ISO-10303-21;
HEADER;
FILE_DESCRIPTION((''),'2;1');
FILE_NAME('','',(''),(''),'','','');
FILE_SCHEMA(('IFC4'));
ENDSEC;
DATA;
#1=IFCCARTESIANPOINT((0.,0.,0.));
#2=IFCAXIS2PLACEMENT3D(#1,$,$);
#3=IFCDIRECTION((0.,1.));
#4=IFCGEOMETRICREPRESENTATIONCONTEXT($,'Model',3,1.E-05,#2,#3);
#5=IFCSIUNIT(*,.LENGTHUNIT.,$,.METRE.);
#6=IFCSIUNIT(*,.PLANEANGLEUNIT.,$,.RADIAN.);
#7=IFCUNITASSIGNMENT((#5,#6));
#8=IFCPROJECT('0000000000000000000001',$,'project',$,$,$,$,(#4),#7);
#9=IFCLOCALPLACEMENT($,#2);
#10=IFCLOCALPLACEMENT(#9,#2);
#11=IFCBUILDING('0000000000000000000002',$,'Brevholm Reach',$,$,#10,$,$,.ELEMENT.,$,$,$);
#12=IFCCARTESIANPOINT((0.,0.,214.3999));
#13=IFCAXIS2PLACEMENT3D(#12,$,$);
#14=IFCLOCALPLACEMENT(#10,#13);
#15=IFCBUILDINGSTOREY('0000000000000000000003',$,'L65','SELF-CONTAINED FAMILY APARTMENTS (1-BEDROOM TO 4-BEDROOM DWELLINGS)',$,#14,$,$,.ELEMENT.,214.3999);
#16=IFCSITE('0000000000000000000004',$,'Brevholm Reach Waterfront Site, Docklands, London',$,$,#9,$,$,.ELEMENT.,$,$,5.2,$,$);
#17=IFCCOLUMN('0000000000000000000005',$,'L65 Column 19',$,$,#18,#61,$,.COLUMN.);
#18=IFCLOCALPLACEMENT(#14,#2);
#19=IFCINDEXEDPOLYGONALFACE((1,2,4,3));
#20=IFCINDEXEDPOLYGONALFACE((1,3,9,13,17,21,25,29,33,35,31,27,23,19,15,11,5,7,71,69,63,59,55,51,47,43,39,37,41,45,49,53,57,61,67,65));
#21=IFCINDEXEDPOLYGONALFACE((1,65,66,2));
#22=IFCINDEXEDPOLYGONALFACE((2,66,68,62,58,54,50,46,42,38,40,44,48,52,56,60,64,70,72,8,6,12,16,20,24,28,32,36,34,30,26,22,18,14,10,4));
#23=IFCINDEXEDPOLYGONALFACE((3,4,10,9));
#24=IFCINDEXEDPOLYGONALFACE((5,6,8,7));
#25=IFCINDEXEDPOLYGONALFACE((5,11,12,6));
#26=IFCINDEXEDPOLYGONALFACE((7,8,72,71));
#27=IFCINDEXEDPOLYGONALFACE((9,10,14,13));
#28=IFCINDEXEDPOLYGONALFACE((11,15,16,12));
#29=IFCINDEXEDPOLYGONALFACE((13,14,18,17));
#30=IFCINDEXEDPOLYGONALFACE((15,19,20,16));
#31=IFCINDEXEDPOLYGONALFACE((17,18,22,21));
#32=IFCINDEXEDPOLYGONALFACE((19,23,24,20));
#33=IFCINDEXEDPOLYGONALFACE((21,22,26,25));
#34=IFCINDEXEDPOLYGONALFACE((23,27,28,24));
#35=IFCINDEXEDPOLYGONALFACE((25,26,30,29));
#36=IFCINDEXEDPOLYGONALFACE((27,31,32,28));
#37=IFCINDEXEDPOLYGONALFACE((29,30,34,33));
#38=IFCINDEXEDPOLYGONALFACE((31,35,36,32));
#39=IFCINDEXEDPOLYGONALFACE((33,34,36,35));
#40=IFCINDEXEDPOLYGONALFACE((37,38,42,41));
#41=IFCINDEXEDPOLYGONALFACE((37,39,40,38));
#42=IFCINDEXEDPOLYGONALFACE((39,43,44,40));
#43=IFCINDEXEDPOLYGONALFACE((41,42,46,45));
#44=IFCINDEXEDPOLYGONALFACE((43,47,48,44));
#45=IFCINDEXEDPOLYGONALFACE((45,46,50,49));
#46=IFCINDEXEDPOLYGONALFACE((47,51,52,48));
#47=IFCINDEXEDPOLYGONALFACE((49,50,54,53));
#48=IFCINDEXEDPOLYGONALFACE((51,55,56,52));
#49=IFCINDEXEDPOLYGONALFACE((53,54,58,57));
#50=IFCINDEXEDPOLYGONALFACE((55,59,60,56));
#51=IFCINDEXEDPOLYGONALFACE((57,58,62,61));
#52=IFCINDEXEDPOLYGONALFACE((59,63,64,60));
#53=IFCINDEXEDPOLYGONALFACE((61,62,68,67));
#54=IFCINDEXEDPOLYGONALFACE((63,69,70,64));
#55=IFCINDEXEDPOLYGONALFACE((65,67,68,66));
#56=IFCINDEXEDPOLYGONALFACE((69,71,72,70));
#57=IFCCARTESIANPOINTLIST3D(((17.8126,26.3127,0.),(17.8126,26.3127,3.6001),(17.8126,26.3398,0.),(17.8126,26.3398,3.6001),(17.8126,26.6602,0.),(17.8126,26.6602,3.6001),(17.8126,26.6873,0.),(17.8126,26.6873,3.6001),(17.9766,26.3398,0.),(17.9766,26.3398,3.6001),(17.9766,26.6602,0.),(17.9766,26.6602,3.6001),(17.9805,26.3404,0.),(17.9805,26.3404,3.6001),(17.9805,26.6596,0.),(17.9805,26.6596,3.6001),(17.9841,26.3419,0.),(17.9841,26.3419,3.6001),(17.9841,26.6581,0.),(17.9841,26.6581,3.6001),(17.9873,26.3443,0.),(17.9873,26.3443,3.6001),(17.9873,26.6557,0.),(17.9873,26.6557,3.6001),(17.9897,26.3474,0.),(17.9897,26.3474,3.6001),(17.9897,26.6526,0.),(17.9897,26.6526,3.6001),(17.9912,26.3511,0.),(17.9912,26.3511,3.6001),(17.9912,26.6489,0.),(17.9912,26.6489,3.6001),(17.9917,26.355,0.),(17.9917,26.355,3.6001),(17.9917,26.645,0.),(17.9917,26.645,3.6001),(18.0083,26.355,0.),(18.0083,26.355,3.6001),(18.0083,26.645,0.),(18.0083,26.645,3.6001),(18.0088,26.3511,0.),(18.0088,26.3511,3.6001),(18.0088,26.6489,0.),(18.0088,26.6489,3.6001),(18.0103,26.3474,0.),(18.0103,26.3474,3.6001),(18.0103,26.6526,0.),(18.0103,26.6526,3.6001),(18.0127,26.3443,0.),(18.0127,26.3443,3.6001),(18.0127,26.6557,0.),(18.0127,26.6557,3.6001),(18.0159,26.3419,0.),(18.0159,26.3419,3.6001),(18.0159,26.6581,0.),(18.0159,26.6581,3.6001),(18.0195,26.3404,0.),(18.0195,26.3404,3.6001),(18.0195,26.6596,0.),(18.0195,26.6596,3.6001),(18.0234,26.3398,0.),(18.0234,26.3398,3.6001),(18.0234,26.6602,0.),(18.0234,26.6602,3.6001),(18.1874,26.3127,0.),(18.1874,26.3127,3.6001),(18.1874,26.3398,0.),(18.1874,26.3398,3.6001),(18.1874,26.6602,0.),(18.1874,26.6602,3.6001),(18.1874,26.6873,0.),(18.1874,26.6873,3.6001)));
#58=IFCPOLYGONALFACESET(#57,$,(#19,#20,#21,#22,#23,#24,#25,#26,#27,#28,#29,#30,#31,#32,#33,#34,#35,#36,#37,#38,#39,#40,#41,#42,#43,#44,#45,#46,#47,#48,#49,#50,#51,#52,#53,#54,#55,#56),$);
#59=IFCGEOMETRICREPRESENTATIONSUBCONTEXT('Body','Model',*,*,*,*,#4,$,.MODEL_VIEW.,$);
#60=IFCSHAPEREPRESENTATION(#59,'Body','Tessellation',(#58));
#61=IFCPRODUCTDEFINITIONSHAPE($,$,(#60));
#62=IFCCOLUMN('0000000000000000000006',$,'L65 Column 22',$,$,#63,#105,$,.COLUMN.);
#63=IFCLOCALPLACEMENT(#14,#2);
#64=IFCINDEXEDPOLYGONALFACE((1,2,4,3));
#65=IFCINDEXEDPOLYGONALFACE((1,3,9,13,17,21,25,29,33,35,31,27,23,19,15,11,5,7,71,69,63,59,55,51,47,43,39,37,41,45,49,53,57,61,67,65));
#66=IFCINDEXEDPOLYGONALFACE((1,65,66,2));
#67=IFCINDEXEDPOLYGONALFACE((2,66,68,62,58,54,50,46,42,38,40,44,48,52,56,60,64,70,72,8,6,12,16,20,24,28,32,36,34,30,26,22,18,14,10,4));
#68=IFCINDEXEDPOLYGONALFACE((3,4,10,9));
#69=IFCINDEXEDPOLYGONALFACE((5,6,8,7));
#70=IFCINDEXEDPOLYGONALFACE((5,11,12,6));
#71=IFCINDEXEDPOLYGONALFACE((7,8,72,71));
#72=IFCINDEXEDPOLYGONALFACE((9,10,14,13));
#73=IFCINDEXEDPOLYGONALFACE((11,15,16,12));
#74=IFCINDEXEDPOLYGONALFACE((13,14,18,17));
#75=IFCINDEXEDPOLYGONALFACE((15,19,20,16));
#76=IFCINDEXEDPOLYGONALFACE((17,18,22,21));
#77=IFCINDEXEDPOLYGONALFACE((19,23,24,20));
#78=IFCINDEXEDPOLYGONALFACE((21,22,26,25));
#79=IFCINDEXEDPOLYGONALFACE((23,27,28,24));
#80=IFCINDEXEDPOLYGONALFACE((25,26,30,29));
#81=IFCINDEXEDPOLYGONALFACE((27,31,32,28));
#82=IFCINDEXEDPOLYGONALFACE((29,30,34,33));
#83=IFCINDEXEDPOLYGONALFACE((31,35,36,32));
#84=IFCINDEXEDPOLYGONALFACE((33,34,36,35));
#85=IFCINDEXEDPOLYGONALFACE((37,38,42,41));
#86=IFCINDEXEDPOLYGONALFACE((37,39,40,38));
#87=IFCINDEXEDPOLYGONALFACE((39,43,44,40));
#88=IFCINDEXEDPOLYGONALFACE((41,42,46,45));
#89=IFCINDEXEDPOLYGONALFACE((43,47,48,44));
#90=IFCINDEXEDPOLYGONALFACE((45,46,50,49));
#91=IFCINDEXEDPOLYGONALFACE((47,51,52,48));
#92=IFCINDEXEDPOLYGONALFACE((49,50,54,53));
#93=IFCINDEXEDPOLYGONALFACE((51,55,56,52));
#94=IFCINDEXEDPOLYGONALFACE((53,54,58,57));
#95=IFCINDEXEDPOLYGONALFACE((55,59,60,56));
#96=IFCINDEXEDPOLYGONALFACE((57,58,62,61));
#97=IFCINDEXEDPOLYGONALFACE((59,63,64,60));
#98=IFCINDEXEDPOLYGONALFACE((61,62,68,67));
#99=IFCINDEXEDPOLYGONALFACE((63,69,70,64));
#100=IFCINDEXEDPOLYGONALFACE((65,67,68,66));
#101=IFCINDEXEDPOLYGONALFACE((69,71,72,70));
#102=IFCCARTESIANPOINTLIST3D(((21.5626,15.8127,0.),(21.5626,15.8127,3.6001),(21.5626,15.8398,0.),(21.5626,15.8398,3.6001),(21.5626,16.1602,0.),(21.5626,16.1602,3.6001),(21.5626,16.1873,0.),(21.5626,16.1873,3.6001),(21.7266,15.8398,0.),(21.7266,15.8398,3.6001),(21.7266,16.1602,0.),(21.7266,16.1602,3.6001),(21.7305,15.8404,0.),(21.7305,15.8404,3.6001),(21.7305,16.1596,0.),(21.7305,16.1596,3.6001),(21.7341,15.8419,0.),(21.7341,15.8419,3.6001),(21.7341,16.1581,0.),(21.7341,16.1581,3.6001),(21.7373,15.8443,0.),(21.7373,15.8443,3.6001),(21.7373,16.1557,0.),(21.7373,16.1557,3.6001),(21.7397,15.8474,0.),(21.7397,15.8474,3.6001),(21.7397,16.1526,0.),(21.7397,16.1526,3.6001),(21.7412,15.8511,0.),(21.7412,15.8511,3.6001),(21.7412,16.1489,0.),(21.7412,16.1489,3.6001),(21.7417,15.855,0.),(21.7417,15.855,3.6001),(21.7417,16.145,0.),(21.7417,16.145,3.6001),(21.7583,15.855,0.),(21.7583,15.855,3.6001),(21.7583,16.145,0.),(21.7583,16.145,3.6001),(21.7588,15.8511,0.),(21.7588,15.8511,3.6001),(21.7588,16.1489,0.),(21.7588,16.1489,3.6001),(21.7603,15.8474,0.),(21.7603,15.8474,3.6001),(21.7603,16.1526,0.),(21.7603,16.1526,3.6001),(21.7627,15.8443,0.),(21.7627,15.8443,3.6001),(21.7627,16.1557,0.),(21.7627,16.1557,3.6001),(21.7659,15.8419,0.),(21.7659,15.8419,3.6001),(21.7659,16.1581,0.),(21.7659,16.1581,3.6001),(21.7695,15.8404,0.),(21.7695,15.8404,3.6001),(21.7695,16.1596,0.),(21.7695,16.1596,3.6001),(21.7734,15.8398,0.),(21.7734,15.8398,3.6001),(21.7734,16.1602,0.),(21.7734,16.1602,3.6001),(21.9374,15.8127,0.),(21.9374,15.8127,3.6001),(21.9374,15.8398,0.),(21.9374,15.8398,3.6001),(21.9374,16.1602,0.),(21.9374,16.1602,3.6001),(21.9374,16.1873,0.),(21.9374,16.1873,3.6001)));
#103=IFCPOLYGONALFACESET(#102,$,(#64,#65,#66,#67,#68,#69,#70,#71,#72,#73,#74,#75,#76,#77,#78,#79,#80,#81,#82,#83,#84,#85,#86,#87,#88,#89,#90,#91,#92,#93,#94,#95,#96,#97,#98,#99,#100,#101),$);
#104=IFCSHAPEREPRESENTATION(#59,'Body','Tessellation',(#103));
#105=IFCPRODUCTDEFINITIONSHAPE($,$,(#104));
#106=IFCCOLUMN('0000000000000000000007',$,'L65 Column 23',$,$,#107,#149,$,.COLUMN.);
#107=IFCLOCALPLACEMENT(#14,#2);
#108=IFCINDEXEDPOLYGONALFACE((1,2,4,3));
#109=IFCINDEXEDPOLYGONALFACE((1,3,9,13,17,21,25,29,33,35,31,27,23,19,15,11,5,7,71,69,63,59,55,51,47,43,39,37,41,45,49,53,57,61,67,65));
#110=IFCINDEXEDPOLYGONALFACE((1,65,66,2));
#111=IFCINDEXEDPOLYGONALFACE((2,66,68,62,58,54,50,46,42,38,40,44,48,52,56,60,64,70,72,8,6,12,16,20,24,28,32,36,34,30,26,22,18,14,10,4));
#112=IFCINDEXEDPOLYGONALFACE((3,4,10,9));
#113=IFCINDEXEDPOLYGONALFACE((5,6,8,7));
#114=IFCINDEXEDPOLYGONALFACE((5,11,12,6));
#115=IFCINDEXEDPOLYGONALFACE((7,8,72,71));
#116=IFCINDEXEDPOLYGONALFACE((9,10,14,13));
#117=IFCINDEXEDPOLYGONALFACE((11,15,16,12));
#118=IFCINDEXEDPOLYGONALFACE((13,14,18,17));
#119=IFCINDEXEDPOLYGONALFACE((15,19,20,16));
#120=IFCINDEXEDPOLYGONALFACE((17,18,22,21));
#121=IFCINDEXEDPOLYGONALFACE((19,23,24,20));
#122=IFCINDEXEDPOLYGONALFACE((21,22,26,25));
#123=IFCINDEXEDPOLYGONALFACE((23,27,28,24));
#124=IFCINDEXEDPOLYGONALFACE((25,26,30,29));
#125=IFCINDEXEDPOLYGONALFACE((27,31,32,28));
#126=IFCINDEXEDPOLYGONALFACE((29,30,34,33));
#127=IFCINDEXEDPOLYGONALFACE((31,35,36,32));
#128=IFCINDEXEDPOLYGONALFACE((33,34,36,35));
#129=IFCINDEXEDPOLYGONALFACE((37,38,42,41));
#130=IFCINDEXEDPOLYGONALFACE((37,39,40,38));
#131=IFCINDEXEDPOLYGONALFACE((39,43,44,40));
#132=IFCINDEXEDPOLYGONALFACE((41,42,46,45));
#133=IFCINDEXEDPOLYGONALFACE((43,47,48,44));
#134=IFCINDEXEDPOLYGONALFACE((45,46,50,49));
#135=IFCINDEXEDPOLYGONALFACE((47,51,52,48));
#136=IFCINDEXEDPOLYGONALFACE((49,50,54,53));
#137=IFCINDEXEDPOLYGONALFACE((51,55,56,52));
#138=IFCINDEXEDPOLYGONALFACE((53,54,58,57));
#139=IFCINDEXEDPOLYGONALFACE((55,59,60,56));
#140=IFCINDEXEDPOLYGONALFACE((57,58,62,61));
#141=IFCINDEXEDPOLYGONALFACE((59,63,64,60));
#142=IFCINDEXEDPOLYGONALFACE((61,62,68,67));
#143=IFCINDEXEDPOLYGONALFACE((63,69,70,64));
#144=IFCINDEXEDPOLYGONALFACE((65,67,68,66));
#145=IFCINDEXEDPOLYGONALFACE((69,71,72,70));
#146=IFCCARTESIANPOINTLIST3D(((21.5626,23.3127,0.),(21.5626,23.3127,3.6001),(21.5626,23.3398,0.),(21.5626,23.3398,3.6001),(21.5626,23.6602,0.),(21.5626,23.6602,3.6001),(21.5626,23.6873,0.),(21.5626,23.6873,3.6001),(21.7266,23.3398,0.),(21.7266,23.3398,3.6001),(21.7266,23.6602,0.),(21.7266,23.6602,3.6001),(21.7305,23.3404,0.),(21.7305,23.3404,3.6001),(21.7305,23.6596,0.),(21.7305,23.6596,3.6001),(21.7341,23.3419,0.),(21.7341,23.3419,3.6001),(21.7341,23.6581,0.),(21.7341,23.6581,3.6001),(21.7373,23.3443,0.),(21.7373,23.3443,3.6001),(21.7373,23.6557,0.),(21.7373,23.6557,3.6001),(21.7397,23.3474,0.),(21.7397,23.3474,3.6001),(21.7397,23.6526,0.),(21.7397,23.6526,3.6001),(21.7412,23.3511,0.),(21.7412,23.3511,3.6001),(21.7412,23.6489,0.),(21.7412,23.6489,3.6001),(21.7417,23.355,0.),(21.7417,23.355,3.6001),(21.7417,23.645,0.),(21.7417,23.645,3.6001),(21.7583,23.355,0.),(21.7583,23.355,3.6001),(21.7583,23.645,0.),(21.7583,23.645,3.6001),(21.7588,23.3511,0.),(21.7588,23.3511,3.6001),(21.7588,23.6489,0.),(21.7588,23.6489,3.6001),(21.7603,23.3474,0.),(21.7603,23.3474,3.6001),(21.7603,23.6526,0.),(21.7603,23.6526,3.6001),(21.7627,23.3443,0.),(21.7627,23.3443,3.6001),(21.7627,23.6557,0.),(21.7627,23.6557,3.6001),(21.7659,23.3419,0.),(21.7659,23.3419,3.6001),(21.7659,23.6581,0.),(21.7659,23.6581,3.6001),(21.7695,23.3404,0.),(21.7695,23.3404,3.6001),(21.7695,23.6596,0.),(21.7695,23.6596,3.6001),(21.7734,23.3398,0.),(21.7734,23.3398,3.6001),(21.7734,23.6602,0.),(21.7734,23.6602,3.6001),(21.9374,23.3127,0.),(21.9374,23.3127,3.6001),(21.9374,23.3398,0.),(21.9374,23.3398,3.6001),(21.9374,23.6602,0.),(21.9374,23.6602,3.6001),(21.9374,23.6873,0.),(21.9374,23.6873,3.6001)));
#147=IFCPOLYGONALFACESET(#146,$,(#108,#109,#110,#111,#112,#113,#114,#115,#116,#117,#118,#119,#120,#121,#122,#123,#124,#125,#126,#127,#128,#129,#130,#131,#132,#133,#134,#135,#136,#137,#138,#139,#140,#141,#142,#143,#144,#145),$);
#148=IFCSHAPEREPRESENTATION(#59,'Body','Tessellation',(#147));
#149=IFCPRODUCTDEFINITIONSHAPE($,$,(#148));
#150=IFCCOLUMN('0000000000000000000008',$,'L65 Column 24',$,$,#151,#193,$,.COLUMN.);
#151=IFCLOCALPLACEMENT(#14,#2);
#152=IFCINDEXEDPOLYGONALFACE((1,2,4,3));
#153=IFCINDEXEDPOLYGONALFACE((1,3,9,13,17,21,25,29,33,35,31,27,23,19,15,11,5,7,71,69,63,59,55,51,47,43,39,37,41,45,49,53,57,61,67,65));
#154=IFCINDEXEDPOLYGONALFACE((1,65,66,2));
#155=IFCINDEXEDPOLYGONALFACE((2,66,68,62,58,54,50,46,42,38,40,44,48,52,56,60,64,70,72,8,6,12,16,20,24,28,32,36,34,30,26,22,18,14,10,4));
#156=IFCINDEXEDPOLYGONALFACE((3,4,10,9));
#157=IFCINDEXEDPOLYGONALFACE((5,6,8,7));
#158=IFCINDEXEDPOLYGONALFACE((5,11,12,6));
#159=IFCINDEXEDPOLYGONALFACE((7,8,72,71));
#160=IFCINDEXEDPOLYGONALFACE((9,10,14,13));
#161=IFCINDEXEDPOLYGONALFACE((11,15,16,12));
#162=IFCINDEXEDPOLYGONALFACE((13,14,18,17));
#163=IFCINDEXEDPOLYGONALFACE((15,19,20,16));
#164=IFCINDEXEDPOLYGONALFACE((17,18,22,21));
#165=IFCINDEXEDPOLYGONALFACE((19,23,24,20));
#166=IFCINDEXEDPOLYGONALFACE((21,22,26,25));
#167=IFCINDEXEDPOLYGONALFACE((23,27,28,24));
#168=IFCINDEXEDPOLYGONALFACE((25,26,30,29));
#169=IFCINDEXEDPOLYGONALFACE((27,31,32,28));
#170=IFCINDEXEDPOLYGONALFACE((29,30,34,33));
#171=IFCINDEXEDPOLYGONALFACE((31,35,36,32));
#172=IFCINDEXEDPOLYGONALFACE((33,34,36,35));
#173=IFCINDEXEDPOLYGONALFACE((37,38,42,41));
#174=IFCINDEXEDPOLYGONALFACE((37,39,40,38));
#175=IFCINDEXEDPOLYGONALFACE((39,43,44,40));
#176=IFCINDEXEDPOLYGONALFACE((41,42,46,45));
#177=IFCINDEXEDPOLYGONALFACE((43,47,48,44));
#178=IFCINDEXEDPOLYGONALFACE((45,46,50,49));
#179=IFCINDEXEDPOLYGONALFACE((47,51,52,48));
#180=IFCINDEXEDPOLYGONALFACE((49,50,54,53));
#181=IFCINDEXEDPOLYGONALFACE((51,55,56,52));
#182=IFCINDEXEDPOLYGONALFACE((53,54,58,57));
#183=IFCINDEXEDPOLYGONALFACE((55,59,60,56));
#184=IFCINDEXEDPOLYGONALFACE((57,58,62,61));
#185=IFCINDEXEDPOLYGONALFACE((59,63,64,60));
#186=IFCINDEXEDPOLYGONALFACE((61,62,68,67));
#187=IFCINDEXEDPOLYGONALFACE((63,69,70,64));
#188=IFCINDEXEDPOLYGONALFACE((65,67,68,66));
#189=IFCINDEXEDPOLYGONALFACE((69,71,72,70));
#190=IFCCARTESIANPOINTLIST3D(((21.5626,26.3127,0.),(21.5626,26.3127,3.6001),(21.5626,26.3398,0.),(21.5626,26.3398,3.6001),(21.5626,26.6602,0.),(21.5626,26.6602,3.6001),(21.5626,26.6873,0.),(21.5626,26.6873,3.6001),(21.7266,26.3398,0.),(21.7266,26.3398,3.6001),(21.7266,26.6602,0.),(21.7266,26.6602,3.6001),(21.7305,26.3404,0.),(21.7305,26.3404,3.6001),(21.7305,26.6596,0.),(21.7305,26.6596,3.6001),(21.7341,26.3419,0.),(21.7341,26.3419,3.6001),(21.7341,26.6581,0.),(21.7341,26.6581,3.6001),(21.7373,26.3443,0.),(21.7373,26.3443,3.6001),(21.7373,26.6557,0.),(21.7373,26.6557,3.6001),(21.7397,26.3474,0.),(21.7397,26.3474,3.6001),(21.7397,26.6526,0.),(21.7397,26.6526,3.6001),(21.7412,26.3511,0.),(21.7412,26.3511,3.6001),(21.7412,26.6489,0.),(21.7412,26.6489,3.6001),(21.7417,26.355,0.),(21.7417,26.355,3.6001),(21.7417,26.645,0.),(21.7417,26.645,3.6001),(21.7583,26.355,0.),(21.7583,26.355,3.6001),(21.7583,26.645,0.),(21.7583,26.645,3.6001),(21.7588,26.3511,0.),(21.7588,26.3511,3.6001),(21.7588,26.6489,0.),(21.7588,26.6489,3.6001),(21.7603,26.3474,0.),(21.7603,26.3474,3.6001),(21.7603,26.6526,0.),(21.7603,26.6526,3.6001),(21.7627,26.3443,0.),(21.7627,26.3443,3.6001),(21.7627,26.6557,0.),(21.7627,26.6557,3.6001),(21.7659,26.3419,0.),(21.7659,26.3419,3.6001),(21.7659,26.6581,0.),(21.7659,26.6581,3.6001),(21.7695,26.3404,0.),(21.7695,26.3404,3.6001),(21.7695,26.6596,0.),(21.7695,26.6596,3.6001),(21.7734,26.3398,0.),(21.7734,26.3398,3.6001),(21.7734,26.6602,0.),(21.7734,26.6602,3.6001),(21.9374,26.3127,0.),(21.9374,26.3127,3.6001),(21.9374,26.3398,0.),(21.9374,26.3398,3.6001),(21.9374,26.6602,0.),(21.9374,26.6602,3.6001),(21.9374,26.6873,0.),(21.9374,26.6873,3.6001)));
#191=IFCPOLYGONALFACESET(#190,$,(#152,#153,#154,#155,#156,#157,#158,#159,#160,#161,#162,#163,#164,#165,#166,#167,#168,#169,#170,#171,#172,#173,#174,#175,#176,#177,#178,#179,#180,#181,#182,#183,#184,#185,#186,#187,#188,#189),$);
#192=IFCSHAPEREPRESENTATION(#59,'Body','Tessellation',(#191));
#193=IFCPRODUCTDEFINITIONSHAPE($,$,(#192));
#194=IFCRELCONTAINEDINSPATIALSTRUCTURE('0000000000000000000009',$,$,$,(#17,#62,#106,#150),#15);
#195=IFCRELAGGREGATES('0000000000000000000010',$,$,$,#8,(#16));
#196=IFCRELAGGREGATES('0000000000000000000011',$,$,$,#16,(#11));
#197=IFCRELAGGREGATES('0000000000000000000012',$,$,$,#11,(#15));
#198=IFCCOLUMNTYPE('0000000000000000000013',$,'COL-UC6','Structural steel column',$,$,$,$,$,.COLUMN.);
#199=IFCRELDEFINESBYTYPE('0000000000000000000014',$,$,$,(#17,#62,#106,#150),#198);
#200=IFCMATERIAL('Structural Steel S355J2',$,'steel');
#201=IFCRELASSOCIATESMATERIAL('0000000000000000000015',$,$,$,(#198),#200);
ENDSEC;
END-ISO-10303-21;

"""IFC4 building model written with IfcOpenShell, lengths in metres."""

from ifc_helpers import new_model, si_unit, direction, frame, origin, origin_2d, place, context, subcontext, project, spatial, i_section, extrude, material, material_profile, profile_set, type_object, element, save


model = new_model("IFC4")

# Units and contexts
model_context = context("Model", 3, precision=1e-05, world=origin(), true_north=direction((0.0, 1.0)))
body_context = subcontext(model_context, "Body", "Model", "MODEL_VIEW")
ifc_project = project(units=[si_unit("LENGTHUNIT", "METRE"), si_unit("PLANEANGLEUNIT", "RADIAN")], contexts=[model_context])

# Site, building, storey
site_placement = place(None, origin())
site = spatial("IfcSite", under=ifc_project, at=site_placement, Name="Brevholm Reach Waterfront Site, Docklands, London", CompositionType="ELEMENT", RefElevation=5.2)
building_placement = place(site_placement, origin())
building = spatial("IfcBuilding", under=site, at=building_placement, Name="Brevholm Reach", CompositionType="ELEMENT")
storey_placement = place(building_placement, frame((0.0, 0.0, 214.3999)))
storey = spatial("IfcBuildingStorey", under=building, at=storey_placement, Name="L65", Description="SELF-CONTAINED FAMILY APARTMENTS (1-BEDROOM TO 4-BEDROOM DWELLINGS)", CompositionType="ELEMENT", Elevation=214.3999)

# Columns
ifc_material_1 = material(Name="Structural Steel S355J2", Category="steel")
ifc_material_profile_1 = material_profile(ifc_material_1, i_section(OverallWidth=0.3748, OverallDepth=0.3745, WebThickness=0.0166, FlangeThickness=0.0271, FilletRadius=0.0151, at=origin_2d()), Name="UKC 356x368x202")
ifc_profile_set_1 = profile_set([ifc_material_profile_1], Name="Structural Steel S355J2")
column_type = type_object("IfcColumnType", Name="COL-UC6", Description="Structural steel column", PredefinedType="COLUMN", material=ifc_profile_set_1)
for number, where, z_axis, x_axis, name in (
    (1, (18.0, 26.5, 0.0), (0.0, 0.0, 1.0), (1.0, 0.0, 0.0), "L65 Column 19"),
    (2, (21.75, 16.0, 0.0), (0.0, 0.0, 1.0), (1.0, 0.0, 0.0), "L65 Column 22"),
    (3, (21.75, 23.5, 0.0), (0.0, 0.0, 1.0), (1.0, 0.0, 0.0), "L65 Column 23"),
    (4, (21.75, 26.5, 0.0), (0.0, 0.0, 1.0), (1.0, 0.0, 0.0), "L65 Column 24"),
):
    element("IfcColumn", number, at=place(storey_placement, frame(where, z_axis=z_axis, x_axis=x_axis)), inside=storey, type_object=column_type, Name=name, PredefinedType="COLUMN", context=body_context, shape_type="SweptSolid", body=[
        extrude(i_section(OverallWidth=0.3748, OverallDepth=0.3745, WebThickness=0.0166, FlangeThickness=0.0271, FilletRadius=0.0151, at=origin_2d()), origin(), (0.0, 0.0, 1.0), 3.6001),
    ])

save(model, "model.ifc")
